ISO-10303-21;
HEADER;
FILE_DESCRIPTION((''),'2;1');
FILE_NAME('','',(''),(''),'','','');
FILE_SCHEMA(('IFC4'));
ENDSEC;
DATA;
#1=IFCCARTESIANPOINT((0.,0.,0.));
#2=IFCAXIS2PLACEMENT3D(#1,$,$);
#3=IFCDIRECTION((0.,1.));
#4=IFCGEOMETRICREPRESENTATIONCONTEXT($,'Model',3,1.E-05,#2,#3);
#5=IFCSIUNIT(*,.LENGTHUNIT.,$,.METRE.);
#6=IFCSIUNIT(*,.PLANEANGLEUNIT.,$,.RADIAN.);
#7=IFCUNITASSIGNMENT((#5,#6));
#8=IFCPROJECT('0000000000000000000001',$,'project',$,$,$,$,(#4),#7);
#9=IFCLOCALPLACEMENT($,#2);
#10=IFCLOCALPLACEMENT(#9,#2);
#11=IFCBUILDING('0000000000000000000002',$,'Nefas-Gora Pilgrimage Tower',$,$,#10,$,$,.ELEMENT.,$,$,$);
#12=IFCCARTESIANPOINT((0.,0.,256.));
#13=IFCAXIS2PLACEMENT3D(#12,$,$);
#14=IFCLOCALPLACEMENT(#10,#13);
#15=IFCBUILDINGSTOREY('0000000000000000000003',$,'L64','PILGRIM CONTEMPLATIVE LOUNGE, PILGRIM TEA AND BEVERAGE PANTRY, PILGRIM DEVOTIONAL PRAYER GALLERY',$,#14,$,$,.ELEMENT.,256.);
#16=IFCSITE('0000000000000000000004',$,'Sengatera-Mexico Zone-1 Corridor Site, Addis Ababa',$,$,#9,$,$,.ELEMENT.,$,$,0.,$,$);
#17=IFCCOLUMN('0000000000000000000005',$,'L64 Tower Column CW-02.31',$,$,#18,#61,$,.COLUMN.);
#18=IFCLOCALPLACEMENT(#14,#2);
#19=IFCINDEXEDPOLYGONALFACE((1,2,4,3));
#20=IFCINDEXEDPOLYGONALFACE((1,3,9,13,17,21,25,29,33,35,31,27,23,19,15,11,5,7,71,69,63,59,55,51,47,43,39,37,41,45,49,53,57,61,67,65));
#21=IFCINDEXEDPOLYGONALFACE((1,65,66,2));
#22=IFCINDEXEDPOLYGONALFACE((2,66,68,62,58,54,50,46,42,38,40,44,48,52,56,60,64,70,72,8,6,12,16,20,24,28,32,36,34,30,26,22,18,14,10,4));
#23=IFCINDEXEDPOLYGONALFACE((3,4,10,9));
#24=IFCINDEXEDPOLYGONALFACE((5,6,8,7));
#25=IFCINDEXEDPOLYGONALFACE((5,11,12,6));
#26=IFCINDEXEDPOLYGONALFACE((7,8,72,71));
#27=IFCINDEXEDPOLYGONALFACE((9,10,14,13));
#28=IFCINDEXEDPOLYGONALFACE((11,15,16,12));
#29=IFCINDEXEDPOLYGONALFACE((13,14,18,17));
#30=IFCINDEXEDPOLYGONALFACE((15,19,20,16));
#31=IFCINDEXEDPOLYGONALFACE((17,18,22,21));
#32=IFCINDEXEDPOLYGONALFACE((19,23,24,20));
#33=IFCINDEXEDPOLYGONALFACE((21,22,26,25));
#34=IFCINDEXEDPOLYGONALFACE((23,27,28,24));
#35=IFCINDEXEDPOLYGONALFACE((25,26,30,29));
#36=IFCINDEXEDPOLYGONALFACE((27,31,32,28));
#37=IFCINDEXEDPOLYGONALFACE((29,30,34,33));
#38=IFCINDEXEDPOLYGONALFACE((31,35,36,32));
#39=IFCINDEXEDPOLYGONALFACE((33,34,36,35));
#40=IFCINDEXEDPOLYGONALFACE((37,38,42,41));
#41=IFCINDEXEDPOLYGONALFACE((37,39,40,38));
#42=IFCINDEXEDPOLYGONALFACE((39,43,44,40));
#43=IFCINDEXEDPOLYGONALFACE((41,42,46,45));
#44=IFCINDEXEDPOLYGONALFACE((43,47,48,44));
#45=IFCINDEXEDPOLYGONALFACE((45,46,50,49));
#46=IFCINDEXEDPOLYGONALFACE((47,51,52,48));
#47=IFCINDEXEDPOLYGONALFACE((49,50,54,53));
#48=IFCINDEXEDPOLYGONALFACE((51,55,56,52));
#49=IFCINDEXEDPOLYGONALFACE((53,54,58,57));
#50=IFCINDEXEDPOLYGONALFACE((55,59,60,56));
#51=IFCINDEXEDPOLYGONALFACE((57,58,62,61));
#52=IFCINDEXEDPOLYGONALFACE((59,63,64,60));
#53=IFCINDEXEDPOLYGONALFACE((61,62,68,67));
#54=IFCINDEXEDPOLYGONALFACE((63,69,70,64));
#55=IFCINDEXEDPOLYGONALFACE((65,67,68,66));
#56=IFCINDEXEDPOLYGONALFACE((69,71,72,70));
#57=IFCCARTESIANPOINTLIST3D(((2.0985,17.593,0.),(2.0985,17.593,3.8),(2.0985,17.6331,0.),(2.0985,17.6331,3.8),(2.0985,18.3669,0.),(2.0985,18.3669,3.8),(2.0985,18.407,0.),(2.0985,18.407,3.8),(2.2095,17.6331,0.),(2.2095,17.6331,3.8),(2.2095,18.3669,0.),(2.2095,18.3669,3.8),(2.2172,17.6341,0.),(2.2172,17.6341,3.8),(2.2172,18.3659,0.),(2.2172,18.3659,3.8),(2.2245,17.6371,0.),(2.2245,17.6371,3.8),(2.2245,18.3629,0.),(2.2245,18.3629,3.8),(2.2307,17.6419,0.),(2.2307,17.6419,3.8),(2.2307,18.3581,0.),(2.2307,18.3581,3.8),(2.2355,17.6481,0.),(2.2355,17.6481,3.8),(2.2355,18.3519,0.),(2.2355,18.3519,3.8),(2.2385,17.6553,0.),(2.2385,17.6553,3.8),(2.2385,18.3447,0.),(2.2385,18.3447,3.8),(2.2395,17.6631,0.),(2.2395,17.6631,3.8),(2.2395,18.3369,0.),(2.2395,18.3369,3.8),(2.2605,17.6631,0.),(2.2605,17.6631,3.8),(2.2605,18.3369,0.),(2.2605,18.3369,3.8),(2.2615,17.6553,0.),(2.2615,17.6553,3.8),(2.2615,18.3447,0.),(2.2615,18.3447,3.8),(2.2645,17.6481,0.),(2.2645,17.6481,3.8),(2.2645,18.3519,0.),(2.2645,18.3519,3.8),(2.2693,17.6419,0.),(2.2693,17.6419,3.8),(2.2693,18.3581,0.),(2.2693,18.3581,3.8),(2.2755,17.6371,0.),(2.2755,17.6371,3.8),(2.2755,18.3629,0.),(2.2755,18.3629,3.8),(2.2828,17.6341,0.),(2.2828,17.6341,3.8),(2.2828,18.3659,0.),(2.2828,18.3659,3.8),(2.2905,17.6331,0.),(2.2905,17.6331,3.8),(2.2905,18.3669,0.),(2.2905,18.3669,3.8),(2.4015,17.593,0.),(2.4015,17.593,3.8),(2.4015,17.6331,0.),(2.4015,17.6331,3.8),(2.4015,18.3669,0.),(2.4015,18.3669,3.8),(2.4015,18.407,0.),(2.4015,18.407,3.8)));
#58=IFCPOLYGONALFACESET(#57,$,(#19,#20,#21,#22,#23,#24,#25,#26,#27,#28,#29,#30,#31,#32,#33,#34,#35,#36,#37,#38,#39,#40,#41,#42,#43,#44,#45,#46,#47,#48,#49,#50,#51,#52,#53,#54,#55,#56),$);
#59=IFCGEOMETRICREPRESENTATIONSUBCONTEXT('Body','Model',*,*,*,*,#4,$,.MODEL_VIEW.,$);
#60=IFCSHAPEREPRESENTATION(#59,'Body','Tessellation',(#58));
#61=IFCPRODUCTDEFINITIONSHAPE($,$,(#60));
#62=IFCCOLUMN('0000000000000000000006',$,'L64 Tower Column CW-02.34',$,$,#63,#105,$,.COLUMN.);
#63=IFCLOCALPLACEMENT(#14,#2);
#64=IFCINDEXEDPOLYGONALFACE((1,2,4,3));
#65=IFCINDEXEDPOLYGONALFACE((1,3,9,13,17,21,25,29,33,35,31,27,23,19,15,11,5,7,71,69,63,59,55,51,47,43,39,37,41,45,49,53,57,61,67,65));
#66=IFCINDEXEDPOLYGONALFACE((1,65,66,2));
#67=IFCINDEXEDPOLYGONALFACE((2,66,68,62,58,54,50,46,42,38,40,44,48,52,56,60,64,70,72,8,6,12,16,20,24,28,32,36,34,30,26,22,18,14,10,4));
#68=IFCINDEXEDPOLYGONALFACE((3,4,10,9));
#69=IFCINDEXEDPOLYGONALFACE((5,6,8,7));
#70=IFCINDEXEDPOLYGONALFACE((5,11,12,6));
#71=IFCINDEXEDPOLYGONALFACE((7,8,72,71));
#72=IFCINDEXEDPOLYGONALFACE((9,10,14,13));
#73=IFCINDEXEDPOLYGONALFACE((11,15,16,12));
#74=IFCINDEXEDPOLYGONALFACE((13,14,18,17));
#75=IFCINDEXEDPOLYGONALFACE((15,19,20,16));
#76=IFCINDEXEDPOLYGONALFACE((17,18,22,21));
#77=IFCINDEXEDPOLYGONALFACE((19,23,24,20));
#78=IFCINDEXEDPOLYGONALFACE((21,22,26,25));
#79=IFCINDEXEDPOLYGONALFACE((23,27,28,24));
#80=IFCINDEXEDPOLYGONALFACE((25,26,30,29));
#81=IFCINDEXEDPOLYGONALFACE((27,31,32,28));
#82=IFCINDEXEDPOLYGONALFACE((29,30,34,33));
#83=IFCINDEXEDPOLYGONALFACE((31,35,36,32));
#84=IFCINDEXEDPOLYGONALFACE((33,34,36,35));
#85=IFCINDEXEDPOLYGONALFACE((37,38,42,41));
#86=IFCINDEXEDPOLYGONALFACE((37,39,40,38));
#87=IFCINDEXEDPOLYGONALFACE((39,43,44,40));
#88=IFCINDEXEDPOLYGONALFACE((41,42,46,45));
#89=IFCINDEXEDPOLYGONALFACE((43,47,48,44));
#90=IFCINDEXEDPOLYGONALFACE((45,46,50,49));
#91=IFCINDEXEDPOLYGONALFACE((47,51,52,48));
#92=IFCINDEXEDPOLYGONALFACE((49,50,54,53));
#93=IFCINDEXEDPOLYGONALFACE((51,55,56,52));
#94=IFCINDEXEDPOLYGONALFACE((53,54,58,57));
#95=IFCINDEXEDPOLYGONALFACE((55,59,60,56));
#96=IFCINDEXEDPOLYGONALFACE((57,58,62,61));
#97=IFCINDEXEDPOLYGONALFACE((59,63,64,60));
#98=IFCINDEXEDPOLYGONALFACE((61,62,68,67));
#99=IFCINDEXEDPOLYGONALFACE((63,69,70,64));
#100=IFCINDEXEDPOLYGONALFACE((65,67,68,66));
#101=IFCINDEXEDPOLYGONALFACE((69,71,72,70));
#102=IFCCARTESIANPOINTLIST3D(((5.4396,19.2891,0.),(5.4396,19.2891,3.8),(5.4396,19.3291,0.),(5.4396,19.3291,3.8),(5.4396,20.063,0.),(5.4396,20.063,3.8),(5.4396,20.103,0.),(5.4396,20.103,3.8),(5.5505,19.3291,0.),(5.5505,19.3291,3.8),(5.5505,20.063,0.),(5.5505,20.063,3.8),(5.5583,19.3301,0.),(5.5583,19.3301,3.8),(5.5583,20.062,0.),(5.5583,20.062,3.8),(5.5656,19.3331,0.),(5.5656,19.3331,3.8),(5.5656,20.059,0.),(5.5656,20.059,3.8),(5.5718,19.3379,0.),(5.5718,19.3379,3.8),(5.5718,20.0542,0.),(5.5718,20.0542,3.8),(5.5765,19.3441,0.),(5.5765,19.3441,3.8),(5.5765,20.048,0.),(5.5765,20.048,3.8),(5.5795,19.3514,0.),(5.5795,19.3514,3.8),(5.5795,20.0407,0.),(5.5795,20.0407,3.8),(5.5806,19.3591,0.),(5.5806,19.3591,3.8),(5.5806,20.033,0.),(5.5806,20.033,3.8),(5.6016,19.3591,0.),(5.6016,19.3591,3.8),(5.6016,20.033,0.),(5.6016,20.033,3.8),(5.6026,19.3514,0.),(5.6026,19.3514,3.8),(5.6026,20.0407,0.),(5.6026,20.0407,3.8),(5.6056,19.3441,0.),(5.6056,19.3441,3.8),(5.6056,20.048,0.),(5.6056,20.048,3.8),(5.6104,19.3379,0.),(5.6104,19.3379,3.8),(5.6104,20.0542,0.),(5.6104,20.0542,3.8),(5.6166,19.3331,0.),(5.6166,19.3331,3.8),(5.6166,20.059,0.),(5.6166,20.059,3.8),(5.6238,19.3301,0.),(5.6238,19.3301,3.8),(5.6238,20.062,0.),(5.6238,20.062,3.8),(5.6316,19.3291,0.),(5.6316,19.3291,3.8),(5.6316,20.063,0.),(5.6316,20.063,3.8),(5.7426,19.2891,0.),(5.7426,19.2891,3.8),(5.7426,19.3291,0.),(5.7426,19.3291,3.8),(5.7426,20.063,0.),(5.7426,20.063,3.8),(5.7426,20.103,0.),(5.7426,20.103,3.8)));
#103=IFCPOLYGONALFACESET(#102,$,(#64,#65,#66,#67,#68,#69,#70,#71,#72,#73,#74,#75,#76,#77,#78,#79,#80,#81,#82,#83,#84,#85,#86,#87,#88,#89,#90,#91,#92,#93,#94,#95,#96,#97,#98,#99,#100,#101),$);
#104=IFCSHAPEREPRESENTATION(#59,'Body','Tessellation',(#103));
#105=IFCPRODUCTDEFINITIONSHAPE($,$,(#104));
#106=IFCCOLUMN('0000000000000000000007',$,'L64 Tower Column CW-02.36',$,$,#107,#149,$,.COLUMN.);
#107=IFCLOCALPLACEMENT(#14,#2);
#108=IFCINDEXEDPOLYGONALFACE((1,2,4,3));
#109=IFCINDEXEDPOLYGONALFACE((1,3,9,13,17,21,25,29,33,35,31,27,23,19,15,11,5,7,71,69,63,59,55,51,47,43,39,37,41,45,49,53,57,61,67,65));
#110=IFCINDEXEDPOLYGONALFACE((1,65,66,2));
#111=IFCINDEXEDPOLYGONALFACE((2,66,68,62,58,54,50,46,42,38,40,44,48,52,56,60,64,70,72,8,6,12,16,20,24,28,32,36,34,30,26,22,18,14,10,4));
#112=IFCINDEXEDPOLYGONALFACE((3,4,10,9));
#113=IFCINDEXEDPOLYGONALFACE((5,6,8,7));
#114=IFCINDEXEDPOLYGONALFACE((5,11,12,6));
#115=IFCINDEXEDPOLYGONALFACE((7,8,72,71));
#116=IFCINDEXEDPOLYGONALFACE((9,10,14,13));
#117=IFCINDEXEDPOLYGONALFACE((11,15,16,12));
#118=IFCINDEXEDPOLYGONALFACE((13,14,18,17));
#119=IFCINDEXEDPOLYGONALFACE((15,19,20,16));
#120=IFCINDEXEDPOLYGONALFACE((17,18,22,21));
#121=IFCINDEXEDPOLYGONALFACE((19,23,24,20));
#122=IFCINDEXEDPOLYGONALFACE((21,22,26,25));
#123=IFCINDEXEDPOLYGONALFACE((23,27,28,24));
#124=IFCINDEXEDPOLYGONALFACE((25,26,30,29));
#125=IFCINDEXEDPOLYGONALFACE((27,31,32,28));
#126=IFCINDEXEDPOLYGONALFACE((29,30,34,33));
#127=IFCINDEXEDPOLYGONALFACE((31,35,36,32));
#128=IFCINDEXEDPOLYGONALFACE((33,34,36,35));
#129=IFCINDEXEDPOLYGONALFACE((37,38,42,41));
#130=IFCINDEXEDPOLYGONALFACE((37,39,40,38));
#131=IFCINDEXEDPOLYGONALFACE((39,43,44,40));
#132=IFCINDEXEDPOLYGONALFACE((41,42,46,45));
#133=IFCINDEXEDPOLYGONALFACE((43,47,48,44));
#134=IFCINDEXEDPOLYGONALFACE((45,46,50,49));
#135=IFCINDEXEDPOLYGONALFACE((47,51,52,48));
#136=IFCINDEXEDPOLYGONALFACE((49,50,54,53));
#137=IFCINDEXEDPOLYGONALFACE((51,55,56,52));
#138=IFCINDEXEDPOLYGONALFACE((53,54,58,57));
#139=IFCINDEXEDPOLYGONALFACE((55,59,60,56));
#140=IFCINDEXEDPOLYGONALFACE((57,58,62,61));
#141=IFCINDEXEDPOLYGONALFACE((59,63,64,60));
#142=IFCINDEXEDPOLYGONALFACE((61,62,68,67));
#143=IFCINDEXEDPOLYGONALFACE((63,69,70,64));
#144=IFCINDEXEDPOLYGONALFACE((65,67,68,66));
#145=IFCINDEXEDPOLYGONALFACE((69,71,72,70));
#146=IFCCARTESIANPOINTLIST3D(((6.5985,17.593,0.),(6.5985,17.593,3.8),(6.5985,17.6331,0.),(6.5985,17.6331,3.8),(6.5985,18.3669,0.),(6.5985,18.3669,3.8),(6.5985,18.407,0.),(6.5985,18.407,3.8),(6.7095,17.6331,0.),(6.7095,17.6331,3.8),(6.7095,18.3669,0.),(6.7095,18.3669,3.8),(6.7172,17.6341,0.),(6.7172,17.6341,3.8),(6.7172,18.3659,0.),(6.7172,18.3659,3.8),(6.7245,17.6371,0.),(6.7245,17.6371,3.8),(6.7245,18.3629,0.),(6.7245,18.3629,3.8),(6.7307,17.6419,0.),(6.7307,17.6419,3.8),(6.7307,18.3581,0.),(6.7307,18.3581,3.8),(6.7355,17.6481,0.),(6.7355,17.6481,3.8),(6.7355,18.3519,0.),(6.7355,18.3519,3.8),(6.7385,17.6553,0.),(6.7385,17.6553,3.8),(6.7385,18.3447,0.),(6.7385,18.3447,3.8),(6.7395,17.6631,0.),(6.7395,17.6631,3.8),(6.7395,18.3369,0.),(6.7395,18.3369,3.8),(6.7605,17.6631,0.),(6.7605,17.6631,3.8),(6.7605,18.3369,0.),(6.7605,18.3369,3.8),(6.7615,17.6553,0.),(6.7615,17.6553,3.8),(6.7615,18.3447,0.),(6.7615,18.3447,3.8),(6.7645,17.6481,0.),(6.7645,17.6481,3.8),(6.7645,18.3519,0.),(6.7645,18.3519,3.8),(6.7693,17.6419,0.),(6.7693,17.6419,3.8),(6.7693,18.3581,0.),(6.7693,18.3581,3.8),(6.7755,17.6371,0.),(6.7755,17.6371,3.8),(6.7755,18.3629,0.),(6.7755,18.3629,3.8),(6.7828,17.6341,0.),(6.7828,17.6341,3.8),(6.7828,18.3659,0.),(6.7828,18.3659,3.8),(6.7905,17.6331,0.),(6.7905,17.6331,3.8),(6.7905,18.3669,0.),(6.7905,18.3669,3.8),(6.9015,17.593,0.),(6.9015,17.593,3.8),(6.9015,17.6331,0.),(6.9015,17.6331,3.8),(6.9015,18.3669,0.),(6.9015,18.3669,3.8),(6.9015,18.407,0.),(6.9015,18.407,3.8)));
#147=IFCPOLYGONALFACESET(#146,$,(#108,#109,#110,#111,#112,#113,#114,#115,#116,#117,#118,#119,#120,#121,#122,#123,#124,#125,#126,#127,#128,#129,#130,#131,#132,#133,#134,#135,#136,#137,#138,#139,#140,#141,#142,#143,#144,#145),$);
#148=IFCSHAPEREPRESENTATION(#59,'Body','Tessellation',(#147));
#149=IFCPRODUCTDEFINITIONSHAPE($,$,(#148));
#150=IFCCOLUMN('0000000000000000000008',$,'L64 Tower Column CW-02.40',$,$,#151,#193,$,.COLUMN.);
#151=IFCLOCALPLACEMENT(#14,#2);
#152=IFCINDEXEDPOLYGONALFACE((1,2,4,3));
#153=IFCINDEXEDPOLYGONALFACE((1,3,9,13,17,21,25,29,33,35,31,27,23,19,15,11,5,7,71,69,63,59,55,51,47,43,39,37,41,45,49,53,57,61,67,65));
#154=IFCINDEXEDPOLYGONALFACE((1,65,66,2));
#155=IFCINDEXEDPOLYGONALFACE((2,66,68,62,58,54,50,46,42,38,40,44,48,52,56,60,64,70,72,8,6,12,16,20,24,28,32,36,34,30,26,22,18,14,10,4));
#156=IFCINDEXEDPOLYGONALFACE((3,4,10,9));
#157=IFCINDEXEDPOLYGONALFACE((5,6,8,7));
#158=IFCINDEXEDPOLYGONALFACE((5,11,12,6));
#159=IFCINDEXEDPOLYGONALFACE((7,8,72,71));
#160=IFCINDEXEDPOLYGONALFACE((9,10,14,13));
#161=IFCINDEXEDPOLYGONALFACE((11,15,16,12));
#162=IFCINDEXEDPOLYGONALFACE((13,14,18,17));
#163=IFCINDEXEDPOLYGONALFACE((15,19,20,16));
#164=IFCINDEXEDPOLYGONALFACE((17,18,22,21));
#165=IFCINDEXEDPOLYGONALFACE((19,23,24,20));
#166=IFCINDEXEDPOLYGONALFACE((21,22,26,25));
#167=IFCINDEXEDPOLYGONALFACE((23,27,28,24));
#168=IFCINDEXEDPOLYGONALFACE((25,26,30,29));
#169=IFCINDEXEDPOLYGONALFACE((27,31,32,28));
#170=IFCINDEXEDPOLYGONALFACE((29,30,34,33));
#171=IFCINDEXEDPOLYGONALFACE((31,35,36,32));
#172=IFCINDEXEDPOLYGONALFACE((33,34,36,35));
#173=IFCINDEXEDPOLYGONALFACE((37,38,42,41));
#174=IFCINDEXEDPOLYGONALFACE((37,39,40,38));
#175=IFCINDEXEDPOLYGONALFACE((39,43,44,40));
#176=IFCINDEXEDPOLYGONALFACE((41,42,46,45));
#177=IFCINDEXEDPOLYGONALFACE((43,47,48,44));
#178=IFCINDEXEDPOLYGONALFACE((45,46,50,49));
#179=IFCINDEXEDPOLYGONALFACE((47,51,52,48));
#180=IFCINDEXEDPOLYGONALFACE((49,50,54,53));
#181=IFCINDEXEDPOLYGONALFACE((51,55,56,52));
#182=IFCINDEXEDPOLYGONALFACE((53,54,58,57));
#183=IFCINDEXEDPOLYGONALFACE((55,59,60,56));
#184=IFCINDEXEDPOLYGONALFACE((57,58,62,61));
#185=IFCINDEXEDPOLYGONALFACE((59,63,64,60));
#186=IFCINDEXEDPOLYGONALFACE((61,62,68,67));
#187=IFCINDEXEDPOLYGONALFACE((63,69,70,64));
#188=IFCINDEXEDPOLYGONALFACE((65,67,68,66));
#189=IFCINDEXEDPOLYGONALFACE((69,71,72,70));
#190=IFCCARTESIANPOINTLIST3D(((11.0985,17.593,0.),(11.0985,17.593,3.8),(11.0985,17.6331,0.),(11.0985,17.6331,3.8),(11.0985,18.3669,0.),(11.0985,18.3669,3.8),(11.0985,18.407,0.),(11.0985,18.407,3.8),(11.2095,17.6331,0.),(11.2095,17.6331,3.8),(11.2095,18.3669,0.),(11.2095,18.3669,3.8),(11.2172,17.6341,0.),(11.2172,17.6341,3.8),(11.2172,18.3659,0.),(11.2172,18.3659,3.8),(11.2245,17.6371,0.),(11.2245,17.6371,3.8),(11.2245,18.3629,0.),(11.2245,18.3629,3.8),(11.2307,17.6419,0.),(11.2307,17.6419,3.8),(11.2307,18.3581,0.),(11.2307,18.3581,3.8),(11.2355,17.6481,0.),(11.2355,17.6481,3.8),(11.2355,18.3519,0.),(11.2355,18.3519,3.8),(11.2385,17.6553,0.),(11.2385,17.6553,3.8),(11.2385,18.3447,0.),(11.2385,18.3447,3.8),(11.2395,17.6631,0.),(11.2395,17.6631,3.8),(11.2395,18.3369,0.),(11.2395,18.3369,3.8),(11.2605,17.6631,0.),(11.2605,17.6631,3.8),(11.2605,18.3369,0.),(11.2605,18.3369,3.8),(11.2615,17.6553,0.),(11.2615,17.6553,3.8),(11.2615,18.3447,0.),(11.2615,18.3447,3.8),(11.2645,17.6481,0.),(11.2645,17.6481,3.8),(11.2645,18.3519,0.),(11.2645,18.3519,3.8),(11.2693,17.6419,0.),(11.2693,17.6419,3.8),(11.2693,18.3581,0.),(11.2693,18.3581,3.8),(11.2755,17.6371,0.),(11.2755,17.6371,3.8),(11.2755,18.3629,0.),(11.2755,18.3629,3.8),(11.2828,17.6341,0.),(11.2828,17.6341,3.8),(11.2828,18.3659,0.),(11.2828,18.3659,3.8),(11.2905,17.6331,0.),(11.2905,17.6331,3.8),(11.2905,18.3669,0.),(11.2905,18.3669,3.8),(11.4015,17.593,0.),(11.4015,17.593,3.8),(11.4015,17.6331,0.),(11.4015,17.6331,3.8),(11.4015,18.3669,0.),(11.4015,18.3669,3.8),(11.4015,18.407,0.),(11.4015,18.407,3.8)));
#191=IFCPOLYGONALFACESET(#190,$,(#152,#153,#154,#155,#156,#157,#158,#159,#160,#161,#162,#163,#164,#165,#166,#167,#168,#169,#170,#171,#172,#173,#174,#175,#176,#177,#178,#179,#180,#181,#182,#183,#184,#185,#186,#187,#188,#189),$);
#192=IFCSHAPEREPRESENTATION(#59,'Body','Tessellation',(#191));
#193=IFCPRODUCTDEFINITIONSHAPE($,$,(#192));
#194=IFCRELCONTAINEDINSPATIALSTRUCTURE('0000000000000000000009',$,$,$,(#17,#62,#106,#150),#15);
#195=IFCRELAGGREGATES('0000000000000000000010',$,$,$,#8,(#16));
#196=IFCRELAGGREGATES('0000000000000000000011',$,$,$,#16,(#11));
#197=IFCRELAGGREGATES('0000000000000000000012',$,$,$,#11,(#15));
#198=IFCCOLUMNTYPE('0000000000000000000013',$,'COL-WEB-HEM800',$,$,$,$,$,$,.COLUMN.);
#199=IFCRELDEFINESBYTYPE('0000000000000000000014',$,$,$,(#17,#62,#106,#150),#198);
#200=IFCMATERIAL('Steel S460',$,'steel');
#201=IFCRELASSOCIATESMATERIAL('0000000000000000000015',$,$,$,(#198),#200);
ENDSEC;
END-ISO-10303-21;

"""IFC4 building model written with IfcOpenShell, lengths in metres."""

from ifc_helpers import new_model, si_unit, direction, frame, origin, origin_2d, place, context, subcontext, project, spatial, i_section, extrude, source, transform, mapped, material, material_profile, profile_set, type_object, element, save


model = new_model("IFC4")

# Units and contexts
model_context = context("Model", 3, precision=1e-05, world=origin(), true_north=direction((0.0, 1.0)))
body_context = subcontext(model_context, "Body", "Model", "MODEL_VIEW")
ifc_project = project(units=[si_unit("LENGTHUNIT", "METRE"), si_unit("PLANEANGLEUNIT", "RADIAN")], contexts=[model_context])

# Site, building, storey
site_placement = place(None, origin())
site = spatial("IfcSite", under=ifc_project, at=site_placement, Name="Sengatera-Mexico Zone-1 Corridor Site, Addis Ababa", CompositionType="ELEMENT", RefElevation=0.0)
building_placement = place(site_placement, origin())
building = spatial("IfcBuilding", under=site, at=building_placement, Name="Nefas-Gora Pilgrimage Tower", CompositionType="ELEMENT")
storey_placement = place(building_placement, frame((0.0, 0.0, 256.0)))
storey = spatial("IfcBuildingStorey", under=building, at=storey_placement, Name="L64", Description="PILGRIM CONTEMPLATIVE LOUNGE, PILGRIM TEA AND BEVERAGE PANTRY, PILGRIM DEVOTIONAL PRAYER GALLERY", CompositionType="ELEMENT", Elevation=256.0)

# Columns
ifc_material_1 = material(Name="Steel S460", Category="steel")
ifc_material_profile_1 = material_profile(ifc_material_1, i_section(OverallWidth=0.303, OverallDepth=0.814, WebThickness=0.021, FlangeThickness=0.04, FilletRadius=0.03, at=origin_2d()), Name="HEM 800")
ifc_profile_set_1 = profile_set([ifc_material_profile_1], Name="Steel S460")
column_type_1 = type_object("IfcColumnType", Name="COL-WEB-HEM800", PredefinedType="COLUMN", material=ifc_profile_set_1)
shared_shape_1 = source(origin(), body_context, "Body", "SweptSolid", [
    extrude(i_section(OverallWidth=0.303, OverallDepth=0.814, WebThickness=0.021, FlangeThickness=0.04, FilletRadius=0.03, at=origin_2d()), origin(), (0.0, 0.0, 1.0), 3.8),
])
for number, where, z_axis, x_axis, name in (
    (1, (2.25, 18.0, 0.0), (0.0, 0.0, 1.0), (1.0, 0.0, 0.0), "L64 Tower Column CW-02.31"),
    (2, (5.5911, 19.696, 0.0), (0.0, 0.0, 1.0), (1.0, 0.0, 0.0), "L64 Tower Column CW-02.34"),
    (3, (6.75, 18.0, 0.0), (0.0, 0.0, 1.0), (1.0, 0.0, 0.0), "L64 Tower Column CW-02.36"),
    (4, (11.25, 18.0, 0.0), (0.0, 0.0, 1.0), (1.0, 0.0, 0.0), "L64 Tower Column CW-02.40"),
):
    element("IfcColumn", number, at=place(storey_placement, frame(where, z_axis=z_axis, x_axis=x_axis)), inside=storey, type_object=column_type_1, Name=name, PredefinedType="COLUMN", context=body_context, shape_type="MappedRepresentation", body=[
        mapped(shared_shape_1, transform((0.0, 0.0, 0.0), x_axis=(1.0, 0.0, 0.0), y_axis=(0.0, 1.0, 0.0), z_axis=(0.0, 0.0, 1.0), scale=1.0)),
    ])

save(model, "model.ifc")
